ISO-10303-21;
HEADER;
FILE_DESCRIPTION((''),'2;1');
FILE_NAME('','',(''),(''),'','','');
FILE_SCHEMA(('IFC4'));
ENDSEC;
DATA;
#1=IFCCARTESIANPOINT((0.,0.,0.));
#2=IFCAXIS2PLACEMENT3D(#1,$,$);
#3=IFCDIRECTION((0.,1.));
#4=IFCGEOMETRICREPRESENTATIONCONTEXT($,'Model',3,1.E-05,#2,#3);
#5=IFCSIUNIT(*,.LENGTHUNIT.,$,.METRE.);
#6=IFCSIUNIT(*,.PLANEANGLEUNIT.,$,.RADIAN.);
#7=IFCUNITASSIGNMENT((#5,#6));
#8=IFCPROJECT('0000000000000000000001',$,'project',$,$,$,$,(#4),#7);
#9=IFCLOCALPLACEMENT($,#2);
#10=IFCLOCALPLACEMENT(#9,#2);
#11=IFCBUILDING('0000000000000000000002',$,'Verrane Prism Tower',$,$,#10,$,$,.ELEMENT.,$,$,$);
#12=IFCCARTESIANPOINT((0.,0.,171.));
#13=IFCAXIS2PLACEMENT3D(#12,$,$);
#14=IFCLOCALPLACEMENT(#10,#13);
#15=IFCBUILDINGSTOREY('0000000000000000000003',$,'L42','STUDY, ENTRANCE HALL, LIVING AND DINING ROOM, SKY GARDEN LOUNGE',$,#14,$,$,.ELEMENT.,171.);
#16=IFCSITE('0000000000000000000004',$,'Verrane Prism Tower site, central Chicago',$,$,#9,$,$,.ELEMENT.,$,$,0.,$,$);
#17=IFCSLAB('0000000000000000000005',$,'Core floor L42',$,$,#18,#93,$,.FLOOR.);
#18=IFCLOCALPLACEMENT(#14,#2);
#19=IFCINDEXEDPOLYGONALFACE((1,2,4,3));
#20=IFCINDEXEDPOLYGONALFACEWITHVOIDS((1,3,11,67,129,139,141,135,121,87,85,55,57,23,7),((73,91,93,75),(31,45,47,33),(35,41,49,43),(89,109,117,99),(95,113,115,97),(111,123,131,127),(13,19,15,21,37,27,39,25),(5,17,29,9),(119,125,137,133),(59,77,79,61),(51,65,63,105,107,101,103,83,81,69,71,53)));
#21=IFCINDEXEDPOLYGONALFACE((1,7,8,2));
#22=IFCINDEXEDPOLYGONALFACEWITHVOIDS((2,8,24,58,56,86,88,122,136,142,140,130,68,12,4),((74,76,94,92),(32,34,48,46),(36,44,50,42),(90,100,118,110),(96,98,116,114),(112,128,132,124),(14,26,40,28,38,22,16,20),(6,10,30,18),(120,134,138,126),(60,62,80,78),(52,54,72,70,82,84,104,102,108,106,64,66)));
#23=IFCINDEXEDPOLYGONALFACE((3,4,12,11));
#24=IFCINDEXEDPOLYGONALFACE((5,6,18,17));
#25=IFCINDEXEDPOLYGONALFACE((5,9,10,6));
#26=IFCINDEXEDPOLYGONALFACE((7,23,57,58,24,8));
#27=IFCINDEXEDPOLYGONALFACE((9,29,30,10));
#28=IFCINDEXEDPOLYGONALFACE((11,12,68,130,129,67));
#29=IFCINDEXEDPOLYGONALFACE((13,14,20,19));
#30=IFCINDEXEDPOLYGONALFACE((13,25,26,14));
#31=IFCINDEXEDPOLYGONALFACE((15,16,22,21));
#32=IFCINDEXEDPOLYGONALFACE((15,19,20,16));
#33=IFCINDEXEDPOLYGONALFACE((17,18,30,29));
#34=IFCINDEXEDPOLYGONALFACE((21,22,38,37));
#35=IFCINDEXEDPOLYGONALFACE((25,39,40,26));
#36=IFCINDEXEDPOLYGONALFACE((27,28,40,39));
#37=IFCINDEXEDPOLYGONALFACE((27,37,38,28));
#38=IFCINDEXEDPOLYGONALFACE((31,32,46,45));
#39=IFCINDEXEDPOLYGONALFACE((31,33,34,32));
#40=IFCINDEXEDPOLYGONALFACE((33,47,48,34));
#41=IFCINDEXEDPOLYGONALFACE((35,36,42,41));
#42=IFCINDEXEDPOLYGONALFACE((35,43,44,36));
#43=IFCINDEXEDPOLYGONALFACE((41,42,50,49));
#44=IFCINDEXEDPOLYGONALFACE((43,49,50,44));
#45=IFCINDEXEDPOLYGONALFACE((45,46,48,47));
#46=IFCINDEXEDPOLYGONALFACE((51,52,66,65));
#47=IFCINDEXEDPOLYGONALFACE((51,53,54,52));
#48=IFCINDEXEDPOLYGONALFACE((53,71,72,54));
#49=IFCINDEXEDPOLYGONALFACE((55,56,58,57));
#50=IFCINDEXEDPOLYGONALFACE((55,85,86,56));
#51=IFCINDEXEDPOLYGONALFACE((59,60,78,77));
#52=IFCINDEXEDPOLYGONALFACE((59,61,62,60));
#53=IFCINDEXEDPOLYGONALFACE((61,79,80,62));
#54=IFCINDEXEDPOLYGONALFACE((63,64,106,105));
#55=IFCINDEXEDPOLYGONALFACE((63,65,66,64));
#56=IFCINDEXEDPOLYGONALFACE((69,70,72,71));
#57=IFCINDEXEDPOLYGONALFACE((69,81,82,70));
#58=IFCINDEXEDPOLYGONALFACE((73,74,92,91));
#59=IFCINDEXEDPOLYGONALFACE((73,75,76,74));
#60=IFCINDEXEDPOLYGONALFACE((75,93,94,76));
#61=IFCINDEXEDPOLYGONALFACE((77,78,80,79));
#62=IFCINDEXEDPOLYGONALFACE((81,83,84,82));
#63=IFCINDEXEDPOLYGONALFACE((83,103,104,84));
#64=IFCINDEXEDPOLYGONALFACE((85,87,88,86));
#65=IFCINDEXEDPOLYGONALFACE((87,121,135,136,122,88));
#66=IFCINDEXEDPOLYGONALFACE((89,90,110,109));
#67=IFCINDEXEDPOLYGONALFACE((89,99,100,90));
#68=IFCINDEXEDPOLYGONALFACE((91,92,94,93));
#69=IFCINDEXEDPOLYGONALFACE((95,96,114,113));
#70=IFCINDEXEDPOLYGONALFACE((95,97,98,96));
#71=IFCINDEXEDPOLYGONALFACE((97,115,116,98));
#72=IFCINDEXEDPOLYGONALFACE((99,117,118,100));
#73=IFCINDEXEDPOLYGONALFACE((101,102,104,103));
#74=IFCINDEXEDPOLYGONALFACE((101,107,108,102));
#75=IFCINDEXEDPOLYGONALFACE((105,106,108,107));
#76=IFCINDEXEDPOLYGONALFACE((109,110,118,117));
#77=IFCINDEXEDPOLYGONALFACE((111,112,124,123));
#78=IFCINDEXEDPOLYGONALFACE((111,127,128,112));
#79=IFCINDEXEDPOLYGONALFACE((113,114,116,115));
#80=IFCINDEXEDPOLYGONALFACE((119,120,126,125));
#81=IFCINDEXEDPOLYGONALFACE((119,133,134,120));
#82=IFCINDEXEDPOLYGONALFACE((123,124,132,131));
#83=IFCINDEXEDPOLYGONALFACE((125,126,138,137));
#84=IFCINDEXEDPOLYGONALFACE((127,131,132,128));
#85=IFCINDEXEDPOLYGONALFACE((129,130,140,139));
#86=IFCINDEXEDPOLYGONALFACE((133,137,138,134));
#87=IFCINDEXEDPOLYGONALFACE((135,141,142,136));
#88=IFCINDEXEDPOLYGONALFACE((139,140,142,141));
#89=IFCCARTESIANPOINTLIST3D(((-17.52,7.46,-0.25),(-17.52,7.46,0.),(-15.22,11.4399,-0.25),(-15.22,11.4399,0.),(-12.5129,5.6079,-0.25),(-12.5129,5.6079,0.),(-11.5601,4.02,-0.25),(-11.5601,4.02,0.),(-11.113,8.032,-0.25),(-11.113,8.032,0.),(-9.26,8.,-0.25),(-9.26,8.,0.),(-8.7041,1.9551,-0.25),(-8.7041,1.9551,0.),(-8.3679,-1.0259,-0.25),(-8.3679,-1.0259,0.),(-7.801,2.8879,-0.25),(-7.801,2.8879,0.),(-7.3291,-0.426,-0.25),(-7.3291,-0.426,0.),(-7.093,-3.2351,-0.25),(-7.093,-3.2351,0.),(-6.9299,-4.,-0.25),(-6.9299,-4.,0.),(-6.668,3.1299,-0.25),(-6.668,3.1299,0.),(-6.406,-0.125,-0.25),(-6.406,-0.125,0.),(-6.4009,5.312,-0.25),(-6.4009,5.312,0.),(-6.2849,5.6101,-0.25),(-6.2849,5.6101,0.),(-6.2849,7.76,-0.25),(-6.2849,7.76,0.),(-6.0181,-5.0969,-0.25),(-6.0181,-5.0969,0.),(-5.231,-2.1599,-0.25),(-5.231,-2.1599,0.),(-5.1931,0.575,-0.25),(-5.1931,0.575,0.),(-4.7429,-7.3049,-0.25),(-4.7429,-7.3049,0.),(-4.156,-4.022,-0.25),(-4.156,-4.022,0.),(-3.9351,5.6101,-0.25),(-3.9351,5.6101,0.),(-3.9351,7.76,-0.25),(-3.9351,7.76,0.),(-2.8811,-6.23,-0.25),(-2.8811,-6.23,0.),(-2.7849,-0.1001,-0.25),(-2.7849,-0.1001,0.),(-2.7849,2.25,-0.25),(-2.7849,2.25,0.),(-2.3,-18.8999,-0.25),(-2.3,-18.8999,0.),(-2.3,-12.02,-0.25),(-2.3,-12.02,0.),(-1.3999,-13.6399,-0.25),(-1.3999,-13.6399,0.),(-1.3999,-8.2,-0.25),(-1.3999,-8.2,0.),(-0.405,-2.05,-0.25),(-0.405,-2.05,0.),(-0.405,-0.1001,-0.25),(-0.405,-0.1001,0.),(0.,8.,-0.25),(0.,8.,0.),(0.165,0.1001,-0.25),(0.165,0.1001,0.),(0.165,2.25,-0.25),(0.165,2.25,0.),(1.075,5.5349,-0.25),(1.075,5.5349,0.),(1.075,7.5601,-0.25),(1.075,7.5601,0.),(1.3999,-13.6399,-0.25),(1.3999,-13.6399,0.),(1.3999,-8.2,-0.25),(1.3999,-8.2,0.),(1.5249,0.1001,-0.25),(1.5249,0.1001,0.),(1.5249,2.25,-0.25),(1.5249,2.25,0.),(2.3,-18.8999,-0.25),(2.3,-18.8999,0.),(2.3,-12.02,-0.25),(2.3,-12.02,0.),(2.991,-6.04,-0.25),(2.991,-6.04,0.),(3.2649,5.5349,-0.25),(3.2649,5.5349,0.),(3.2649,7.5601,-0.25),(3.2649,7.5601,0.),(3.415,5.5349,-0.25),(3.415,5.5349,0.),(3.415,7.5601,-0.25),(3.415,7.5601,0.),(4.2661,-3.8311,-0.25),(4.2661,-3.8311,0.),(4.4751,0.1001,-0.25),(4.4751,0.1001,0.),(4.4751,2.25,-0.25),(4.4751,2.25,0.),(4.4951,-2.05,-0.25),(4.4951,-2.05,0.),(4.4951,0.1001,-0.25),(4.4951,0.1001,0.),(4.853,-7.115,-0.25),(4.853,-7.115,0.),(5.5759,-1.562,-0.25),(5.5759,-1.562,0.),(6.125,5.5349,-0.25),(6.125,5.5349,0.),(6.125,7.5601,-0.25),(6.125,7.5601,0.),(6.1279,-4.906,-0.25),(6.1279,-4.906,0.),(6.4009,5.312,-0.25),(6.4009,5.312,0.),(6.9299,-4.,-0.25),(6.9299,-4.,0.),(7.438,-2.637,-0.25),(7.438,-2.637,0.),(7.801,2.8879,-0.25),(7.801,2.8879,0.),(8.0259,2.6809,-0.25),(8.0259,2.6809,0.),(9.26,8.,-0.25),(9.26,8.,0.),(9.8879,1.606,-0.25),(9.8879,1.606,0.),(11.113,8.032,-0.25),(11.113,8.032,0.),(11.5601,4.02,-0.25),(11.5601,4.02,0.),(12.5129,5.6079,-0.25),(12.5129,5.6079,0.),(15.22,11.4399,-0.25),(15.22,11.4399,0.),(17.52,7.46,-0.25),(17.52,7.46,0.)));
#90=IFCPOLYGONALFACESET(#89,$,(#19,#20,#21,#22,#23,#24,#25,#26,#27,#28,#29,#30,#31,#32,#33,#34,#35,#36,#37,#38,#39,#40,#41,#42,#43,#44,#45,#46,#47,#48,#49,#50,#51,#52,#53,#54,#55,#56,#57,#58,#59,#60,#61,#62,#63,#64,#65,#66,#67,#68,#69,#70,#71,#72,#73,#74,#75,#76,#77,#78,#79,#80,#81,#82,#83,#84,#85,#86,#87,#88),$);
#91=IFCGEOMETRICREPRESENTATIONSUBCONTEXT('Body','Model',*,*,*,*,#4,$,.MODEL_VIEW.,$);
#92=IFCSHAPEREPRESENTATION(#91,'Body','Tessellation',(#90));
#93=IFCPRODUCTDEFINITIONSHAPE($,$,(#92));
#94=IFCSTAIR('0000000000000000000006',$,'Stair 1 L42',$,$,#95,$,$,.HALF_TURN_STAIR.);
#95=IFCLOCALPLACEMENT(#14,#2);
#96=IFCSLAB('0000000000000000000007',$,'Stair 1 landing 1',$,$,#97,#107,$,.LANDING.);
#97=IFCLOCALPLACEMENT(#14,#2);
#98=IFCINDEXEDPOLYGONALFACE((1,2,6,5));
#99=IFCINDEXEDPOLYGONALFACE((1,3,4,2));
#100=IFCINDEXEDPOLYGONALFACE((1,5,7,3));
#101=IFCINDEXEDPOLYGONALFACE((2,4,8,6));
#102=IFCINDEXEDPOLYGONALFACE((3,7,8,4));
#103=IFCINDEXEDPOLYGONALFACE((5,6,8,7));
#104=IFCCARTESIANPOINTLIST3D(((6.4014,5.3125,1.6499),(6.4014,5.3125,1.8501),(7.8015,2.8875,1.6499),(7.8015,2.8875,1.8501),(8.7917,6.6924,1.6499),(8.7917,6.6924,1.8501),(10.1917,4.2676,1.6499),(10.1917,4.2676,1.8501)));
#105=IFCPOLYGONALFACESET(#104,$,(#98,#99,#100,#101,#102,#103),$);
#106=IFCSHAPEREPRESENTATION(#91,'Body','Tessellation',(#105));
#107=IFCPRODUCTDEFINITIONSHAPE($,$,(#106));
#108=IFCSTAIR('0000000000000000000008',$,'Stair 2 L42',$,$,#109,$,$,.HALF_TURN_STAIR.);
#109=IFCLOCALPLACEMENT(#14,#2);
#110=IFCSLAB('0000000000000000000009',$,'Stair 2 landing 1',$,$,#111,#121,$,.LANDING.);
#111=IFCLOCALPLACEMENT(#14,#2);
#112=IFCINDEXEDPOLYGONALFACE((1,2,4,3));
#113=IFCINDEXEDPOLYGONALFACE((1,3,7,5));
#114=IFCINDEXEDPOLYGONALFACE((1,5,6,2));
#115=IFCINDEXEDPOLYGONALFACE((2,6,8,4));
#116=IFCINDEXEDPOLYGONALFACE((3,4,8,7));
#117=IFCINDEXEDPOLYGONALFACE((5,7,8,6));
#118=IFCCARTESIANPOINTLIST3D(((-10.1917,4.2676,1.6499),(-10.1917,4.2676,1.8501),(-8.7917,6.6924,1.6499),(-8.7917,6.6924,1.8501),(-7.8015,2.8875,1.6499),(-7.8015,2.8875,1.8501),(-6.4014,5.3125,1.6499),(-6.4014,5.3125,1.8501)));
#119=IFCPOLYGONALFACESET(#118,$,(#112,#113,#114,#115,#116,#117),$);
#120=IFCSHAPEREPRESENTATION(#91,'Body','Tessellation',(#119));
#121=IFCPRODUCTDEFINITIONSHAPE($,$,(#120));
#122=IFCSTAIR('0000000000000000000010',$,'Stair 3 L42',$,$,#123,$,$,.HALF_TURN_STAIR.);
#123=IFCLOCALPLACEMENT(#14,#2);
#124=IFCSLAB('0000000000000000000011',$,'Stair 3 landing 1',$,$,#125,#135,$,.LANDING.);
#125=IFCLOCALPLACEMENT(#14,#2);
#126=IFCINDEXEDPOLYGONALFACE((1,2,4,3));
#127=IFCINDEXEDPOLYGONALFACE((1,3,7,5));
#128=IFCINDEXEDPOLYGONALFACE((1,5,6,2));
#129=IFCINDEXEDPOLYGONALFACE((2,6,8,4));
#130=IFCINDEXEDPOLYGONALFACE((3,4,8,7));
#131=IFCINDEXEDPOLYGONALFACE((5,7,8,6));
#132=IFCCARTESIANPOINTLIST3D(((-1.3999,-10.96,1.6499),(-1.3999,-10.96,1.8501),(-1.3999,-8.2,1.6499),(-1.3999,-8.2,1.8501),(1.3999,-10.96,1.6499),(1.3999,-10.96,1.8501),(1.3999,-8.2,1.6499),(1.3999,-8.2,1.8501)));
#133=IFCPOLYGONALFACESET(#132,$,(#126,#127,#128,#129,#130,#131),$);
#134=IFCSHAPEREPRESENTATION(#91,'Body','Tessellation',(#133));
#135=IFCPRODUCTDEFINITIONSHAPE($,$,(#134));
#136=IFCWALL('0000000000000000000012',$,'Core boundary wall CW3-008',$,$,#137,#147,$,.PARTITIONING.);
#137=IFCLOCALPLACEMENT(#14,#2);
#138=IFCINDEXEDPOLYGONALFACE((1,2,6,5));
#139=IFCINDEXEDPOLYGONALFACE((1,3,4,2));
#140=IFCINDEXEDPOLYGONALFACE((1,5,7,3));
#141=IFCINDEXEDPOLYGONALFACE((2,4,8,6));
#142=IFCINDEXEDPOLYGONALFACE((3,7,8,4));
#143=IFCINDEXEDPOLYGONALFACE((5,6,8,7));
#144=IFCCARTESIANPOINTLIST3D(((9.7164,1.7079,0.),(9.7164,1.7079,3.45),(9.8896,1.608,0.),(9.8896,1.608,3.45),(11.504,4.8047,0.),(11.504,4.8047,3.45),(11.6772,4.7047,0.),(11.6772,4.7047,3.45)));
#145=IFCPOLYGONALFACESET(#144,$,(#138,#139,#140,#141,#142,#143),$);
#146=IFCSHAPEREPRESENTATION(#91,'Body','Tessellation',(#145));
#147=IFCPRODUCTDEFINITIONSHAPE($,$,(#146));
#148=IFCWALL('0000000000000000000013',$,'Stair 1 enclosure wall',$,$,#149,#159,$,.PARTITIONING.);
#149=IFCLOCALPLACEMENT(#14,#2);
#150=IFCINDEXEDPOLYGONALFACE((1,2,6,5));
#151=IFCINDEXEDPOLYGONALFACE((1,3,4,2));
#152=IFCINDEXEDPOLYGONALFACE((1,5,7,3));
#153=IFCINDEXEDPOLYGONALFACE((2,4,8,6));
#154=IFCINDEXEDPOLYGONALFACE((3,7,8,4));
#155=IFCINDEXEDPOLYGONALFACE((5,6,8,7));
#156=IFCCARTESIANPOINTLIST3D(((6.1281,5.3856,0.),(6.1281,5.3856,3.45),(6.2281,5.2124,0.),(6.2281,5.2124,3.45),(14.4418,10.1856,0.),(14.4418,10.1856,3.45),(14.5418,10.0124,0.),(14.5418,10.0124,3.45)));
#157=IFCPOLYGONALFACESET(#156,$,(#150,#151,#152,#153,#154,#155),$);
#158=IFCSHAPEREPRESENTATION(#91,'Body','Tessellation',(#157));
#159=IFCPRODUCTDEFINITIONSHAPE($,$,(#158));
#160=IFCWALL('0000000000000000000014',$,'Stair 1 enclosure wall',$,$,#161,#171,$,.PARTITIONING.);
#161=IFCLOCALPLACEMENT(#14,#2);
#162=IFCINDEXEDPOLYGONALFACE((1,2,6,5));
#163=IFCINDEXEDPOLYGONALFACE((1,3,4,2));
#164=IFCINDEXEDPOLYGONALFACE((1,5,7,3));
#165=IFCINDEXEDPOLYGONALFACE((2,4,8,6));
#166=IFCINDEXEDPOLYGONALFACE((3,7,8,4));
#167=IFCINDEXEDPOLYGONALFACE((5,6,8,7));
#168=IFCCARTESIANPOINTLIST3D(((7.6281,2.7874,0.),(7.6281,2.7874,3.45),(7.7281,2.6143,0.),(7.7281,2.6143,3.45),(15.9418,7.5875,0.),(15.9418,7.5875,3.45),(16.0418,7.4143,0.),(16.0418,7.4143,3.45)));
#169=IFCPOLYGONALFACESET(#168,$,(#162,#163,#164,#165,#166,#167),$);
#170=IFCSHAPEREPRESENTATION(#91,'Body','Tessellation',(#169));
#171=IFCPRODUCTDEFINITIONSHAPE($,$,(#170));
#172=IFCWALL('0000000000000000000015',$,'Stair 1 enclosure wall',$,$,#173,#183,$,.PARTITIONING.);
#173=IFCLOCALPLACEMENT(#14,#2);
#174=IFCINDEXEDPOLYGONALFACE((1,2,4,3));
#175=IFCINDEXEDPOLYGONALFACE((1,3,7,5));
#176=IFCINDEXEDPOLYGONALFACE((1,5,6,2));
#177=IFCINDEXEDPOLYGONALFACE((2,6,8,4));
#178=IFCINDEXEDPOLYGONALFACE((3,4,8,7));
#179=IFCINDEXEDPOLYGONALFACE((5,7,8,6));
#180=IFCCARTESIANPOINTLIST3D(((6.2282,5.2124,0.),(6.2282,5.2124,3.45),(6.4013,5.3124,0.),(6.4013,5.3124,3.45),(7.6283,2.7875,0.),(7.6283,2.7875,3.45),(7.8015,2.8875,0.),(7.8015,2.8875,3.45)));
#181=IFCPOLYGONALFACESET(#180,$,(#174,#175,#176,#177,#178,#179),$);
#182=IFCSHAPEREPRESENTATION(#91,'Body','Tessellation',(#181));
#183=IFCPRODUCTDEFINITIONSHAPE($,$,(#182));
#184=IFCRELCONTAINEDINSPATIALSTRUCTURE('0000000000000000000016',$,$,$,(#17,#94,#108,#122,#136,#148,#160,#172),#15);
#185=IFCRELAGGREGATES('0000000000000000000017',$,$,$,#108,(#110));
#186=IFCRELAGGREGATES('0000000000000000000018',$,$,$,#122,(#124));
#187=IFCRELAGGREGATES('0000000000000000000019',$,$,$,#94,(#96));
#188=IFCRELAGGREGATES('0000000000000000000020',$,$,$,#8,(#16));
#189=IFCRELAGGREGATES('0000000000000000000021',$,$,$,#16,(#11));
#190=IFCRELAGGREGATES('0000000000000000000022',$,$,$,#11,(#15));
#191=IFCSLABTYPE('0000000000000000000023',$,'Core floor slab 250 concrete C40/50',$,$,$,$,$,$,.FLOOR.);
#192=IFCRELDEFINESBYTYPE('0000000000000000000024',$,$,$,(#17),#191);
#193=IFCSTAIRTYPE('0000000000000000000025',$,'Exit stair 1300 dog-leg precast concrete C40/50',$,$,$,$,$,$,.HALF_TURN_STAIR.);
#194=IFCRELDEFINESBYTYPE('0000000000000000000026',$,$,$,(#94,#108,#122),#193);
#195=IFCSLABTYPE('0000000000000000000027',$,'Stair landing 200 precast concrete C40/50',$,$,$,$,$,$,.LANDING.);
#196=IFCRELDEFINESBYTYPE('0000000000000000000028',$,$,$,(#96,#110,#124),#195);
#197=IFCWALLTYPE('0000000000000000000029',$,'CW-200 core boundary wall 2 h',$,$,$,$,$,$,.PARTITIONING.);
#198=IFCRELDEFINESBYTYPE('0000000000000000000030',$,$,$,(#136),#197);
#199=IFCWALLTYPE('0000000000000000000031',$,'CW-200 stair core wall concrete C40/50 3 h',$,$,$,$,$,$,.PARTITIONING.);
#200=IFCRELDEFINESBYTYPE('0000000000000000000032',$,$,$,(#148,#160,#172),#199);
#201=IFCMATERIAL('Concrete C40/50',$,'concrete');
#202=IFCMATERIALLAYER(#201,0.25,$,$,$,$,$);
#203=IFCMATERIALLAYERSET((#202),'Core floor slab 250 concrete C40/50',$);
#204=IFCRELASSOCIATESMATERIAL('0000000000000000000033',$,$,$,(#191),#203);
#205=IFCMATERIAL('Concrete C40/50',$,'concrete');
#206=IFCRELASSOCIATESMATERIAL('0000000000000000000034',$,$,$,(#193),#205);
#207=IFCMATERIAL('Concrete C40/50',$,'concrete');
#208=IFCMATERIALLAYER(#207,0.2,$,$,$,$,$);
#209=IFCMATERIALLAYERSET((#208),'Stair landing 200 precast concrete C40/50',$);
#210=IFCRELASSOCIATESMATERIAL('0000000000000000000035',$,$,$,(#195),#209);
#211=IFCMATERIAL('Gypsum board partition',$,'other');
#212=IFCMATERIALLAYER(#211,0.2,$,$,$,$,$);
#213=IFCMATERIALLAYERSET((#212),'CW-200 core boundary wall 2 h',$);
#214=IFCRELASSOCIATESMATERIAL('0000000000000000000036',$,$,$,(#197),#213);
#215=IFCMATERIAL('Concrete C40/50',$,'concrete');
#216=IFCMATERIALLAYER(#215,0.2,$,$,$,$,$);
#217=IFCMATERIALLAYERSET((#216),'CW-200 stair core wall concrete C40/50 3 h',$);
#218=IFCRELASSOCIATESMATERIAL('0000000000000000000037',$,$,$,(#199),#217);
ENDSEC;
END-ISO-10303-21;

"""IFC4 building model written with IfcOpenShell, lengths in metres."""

from ifc_helpers import new_model, si_unit, direction, frame, frame_2d, origin, place, context, subcontext, project, spatial, polyline, rectangle, outline, extrude, material, layer, layer_set, type_object, element, aggregate, save


model = new_model("IFC4")

# Units and contexts
model_context = context("Model", 3, precision=1e-05, world=origin(), true_north=direction((0.0, 1.0)))
body_context = subcontext(model_context, "Body", "Model", "MODEL_VIEW")
ifc_project = project(units=[si_unit("LENGTHUNIT", "METRE"), si_unit("PLANEANGLEUNIT", "RADIAN")], contexts=[model_context])

# Site, building, storey
site_placement = place(None, origin())
site = spatial("IfcSite", under=ifc_project, at=site_placement, Name="Verrane Prism Tower site, central Chicago", CompositionType="ELEMENT", RefElevation=0.0)
building_placement = place(site_placement, origin())
building = spatial("IfcBuilding", under=site, at=building_placement, Name="Verrane Prism Tower", CompositionType="ELEMENT")
storey_placement = place(building_placement, frame((0.0, 0.0, 171.0)))
storey = spatial("IfcBuildingStorey", under=building, at=storey_placement, Name="L42", Description="STUDY, ENTRANCE HALL, LIVING AND DINING ROOM, SKY GARDEN LOUNGE", CompositionType="ELEMENT", Elevation=171.0)

# Slab
ifc_material_1 = material(Name="Concrete C40/50", Category="concrete")
ifc_layer_1 = layer(ifc_material_1, 0.25)
ifc_layer_set_1 = layer_set([ifc_layer_1], Name="Core floor slab 250 concrete C40/50")
slab_type_1 = type_object("IfcSlabType", Name="Core floor slab 250 concrete C40/50", PredefinedType="FLOOR", material=ifc_layer_set_1)
slab_1_placement = place(storey_placement, frame((0.0, 0.0, -0.25)))
element("IfcSlab", 1, at=slab_1_placement, inside=storey, type_object=slab_type_1, Name="Core floor L42", PredefinedType="FLOOR", context=body_context, shape_type="SweptSolid", body=[
    extrude(outline(polyline([(11.5601, 4.02), (17.52, 7.46), (15.22, 11.4399), (9.26, 8.0), (0.0, 8.0), (-9.26, 8.0), (-15.22, 11.4399), (-17.52, 7.46), (-11.5601, 4.02), (-6.9299, -4.0), (-2.3, -12.02), (-2.3, -18.8999), (2.3, -18.8999), (2.3, -12.02), (6.9299, -4.0), (11.5601, 4.02)]), holes=[polyline([(1.3999, -8.2), (1.3999, -13.6399), (-1.3999, -13.6399), (-1.3999, -8.2), (1.3999, -8.2)]), polyline([(-2.8811, -6.23), (-4.7429, -7.3049), (-6.0181, -5.0969), (-4.156, -4.022), (-2.8811, -6.23)]), polyline([(-7.801, 2.8879), (-12.5129, 5.6079), (-11.113, 8.032), (-6.4009, 5.312), (-7.801, 2.8879)]), polyline([(-6.2849, 5.6101), (-6.2849, 7.76), (-3.9351, 7.76), (-3.9351, 5.6101), (-6.2849, 5.6101)]), polyline([(4.2661, -3.8311), (6.1279, -4.906), (4.853, -7.115), (2.991, -6.04), (4.2661, -3.8311)]), polyline([(7.438, -2.637), (5.5759, -1.562), (8.0259, 2.6809), (9.8879, 1.606), (7.438, -2.637)]), polyline([(0.165, 0.1001), (1.5249, 0.1001), (1.5249, 2.25), (4.4751, 2.25), (4.4751, 0.1001), (4.4951, 0.1001), (4.4951, -2.05), (-0.405, -2.05), (-0.405, -0.1001), (-2.7849, -0.1001), (-2.7849, 2.25), (0.165, 2.25), (0.165, 0.1001)]), polyline([(6.4009, 5.312), (11.113, 8.032), (12.5129, 5.6079), (7.801, 2.8879), (6.4009, 5.312)]), polyline([(1.075, 5.5349), (1.075, 7.5601), (3.2649, 7.5601), (3.2649, 5.5349), (1.075, 5.5349)]), polyline([(3.415, 7.5601), (6.125, 7.5601), (6.125, 5.5349), (3.415, 5.5349), (3.415, 7.5601)]), polyline([(-5.231, -2.1599), (-7.093, -3.2351), (-8.3679, -1.0259), (-7.3291, -0.426), (-8.7041, 1.9551), (-6.668, 3.1299), (-5.1931, 0.575), (-6.406, -0.125), (-5.231, -2.1599)])]), origin(), (0.0, 0.0, 1.0), 0.25),
])

# Stairs, slabs
ifc_material_2 = material(Name="Concrete C40/50", Category="concrete")
stair_type = type_object("IfcStairType", Name="Exit stair 1300 dog-leg precast concrete C40/50", PredefinedType="HALF_TURN_STAIR", material=ifc_material_2)
stair_1_placement = place(storey_placement, origin())
stair_1 = element("IfcStair", 2, at=stair_1_placement, inside=storey, type_object=stair_type, Name="Stair 1 L42", PredefinedType="HALF_TURN_STAIR")
ifc_material_3 = material(Name="Concrete C40/50", Category="concrete")
ifc_layer_2 = layer(ifc_material_3, 0.2)
ifc_layer_set_2 = layer_set([ifc_layer_2], Name="Stair landing 200 precast concrete C40/50")
slab_type_2 = type_object("IfcSlabType", Name="Stair landing 200 precast concrete C40/50", PredefinedType="LANDING", material=ifc_layer_set_2)
slab_2_placement = place(storey_placement, frame((0.0, 0.0, 1.6499)))
slab_2 = element("IfcSlab", 3, at=slab_2_placement, type_object=slab_type_2, Name="Stair 1 landing 1", PredefinedType="LANDING", context=body_context, shape_type="SweptSolid", body=[
    extrude(outline(polyline([(8.7917, 6.6924), (6.4014, 5.3125), (7.8015, 2.8875), (10.1917, 4.2676), (8.7917, 6.6924)])), origin(), (0.0, 0.0, 1.0), 0.2002),
])
stair_2_placement = place(storey_placement, origin())
stair_2 = element("IfcStair", 4, at=stair_2_placement, inside=storey, type_object=stair_type, Name="Stair 2 L42", PredefinedType="HALF_TURN_STAIR")
slab_3_placement = place(storey_placement, frame((0.0, 0.0, 1.6499)))
slab_3 = element("IfcSlab", 5, at=slab_3_placement, type_object=slab_type_2, Name="Stair 2 landing 1", PredefinedType="LANDING", context=body_context, shape_type="SweptSolid", body=[
    extrude(outline(polyline([(-10.1917, 4.2676), (-7.8015, 2.8875), (-6.4014, 5.3125), (-8.7917, 6.6924), (-10.1917, 4.2676)])), origin(), (0.0, 0.0, 1.0), 0.2002),
])
aggregate(stair_2, [slab_3])
stair_3_placement = place(storey_placement, origin())
stair_3 = element("IfcStair", 6, at=stair_3_placement, inside=storey, type_object=stair_type, Name="Stair 3 L42", PredefinedType="HALF_TURN_STAIR")
slab_4_placement = place(storey_placement, frame((0.0, 0.0, 1.6499)))
slab_4 = element("IfcSlab", 7, at=slab_4_placement, type_object=slab_type_2, Name="Stair 3 landing 1", PredefinedType="LANDING", context=body_context, shape_type="SweptSolid", body=[
    extrude(outline(polyline([(1.3999, -10.96), (1.3999, -8.2), (-1.3999, -8.2), (-1.3999, -10.96), (1.3999, -10.96)])), origin(), (0.0, 0.0, 1.0), 0.2002),
])
aggregate(stair_3, [slab_4])

# Walls
ifc_material_4 = material(Name="Gypsum board partition", Category="other")
ifc_layer_3 = layer(ifc_material_4, 0.2)
ifc_layer_set_3 = layer_set([ifc_layer_3], Name="CW-200 core boundary wall 2 h")
wall_type_1 = type_object("IfcWallType", Name="CW-200 core boundary wall 2 h", PredefinedType="PARTITIONING", material=ifc_layer_set_3)
wall_1_placement = place(storey_placement, frame((9.803, 1.658, 0.0), z_axis=(0.0, 0.0, 1.0), x_axis=(0.499943, 0.866058, 0.0)))
element("IfcWall", 8, at=wall_1_placement, inside=storey, type_object=wall_type_1, Name="Core boundary wall CW3-008", PredefinedType="PARTITIONING", context=body_context, shape_type="SweptSolid", body=[
    extrude(rectangle(XDim=3.5757, YDim=0.2, at=frame_2d((1.7878, 0.0))), origin(), (0.0, 0.0, 1.0), 3.45),
])
ifc_material_5 = material(Name="Concrete C40/50", Category="concrete")
ifc_layer_4 = layer(ifc_material_5, 0.2)
ifc_layer_set_4 = layer_set([ifc_layer_4], Name="CW-200 stair core wall concrete C40/50 3 h")
wall_type_2 = type_object("IfcWallType", Name="CW-200 stair core wall concrete C40/50 3 h", PredefinedType="PARTITIONING", material=ifc_layer_set_4)
for number, where, z_axis, x_axis, name in (
    (9, (6.1782, 5.2991, 0.0), (0.0, 0.0, 1.0), (0.86602, 0.500009, 0.0), "Stair 1 enclosure wall"),
    (10, (7.6782, 2.7009, 0.0), (0.0, 0.0, 1.0), (0.86602, 0.500009, 0.0), "Stair 1 enclosure wall"),
):
    element("IfcWall", number, at=place(storey_placement, frame(where, z_axis=z_axis, x_axis=x_axis)), inside=storey, type_object=wall_type_2, Name=name, PredefinedType="PARTITIONING", context=body_context, shape_type="SweptSolid", body=[
        extrude(rectangle(XDim=9.5999, YDim=0.2, at=frame_2d((4.7998, 0.0))), origin(), (0.0, 0.0, 1.0), 3.45),
    ])
wall_2_placement = place(storey_placement, frame((7.7148, 2.8376, 0.0), z_axis=(0.0, 0.0, 1.0), x_axis=(-0.50005, 0.865997, 0.0)))
element("IfcWall", 11, at=wall_2_placement, inside=storey, type_object=wall_type_2, Name="Stair 1 enclosure wall", PredefinedType="PARTITIONING", context=body_context, shape_type="SweptSolid", body=[
    extrude(rectangle(XDim=2.8, YDim=0.2, at=frame_2d((1.3999, 0.0))), origin(), (0.0, 0.0, 1.0), 3.45),
])

aggregate(stair_1, [slab_2])

save(model, "model.ifc")
